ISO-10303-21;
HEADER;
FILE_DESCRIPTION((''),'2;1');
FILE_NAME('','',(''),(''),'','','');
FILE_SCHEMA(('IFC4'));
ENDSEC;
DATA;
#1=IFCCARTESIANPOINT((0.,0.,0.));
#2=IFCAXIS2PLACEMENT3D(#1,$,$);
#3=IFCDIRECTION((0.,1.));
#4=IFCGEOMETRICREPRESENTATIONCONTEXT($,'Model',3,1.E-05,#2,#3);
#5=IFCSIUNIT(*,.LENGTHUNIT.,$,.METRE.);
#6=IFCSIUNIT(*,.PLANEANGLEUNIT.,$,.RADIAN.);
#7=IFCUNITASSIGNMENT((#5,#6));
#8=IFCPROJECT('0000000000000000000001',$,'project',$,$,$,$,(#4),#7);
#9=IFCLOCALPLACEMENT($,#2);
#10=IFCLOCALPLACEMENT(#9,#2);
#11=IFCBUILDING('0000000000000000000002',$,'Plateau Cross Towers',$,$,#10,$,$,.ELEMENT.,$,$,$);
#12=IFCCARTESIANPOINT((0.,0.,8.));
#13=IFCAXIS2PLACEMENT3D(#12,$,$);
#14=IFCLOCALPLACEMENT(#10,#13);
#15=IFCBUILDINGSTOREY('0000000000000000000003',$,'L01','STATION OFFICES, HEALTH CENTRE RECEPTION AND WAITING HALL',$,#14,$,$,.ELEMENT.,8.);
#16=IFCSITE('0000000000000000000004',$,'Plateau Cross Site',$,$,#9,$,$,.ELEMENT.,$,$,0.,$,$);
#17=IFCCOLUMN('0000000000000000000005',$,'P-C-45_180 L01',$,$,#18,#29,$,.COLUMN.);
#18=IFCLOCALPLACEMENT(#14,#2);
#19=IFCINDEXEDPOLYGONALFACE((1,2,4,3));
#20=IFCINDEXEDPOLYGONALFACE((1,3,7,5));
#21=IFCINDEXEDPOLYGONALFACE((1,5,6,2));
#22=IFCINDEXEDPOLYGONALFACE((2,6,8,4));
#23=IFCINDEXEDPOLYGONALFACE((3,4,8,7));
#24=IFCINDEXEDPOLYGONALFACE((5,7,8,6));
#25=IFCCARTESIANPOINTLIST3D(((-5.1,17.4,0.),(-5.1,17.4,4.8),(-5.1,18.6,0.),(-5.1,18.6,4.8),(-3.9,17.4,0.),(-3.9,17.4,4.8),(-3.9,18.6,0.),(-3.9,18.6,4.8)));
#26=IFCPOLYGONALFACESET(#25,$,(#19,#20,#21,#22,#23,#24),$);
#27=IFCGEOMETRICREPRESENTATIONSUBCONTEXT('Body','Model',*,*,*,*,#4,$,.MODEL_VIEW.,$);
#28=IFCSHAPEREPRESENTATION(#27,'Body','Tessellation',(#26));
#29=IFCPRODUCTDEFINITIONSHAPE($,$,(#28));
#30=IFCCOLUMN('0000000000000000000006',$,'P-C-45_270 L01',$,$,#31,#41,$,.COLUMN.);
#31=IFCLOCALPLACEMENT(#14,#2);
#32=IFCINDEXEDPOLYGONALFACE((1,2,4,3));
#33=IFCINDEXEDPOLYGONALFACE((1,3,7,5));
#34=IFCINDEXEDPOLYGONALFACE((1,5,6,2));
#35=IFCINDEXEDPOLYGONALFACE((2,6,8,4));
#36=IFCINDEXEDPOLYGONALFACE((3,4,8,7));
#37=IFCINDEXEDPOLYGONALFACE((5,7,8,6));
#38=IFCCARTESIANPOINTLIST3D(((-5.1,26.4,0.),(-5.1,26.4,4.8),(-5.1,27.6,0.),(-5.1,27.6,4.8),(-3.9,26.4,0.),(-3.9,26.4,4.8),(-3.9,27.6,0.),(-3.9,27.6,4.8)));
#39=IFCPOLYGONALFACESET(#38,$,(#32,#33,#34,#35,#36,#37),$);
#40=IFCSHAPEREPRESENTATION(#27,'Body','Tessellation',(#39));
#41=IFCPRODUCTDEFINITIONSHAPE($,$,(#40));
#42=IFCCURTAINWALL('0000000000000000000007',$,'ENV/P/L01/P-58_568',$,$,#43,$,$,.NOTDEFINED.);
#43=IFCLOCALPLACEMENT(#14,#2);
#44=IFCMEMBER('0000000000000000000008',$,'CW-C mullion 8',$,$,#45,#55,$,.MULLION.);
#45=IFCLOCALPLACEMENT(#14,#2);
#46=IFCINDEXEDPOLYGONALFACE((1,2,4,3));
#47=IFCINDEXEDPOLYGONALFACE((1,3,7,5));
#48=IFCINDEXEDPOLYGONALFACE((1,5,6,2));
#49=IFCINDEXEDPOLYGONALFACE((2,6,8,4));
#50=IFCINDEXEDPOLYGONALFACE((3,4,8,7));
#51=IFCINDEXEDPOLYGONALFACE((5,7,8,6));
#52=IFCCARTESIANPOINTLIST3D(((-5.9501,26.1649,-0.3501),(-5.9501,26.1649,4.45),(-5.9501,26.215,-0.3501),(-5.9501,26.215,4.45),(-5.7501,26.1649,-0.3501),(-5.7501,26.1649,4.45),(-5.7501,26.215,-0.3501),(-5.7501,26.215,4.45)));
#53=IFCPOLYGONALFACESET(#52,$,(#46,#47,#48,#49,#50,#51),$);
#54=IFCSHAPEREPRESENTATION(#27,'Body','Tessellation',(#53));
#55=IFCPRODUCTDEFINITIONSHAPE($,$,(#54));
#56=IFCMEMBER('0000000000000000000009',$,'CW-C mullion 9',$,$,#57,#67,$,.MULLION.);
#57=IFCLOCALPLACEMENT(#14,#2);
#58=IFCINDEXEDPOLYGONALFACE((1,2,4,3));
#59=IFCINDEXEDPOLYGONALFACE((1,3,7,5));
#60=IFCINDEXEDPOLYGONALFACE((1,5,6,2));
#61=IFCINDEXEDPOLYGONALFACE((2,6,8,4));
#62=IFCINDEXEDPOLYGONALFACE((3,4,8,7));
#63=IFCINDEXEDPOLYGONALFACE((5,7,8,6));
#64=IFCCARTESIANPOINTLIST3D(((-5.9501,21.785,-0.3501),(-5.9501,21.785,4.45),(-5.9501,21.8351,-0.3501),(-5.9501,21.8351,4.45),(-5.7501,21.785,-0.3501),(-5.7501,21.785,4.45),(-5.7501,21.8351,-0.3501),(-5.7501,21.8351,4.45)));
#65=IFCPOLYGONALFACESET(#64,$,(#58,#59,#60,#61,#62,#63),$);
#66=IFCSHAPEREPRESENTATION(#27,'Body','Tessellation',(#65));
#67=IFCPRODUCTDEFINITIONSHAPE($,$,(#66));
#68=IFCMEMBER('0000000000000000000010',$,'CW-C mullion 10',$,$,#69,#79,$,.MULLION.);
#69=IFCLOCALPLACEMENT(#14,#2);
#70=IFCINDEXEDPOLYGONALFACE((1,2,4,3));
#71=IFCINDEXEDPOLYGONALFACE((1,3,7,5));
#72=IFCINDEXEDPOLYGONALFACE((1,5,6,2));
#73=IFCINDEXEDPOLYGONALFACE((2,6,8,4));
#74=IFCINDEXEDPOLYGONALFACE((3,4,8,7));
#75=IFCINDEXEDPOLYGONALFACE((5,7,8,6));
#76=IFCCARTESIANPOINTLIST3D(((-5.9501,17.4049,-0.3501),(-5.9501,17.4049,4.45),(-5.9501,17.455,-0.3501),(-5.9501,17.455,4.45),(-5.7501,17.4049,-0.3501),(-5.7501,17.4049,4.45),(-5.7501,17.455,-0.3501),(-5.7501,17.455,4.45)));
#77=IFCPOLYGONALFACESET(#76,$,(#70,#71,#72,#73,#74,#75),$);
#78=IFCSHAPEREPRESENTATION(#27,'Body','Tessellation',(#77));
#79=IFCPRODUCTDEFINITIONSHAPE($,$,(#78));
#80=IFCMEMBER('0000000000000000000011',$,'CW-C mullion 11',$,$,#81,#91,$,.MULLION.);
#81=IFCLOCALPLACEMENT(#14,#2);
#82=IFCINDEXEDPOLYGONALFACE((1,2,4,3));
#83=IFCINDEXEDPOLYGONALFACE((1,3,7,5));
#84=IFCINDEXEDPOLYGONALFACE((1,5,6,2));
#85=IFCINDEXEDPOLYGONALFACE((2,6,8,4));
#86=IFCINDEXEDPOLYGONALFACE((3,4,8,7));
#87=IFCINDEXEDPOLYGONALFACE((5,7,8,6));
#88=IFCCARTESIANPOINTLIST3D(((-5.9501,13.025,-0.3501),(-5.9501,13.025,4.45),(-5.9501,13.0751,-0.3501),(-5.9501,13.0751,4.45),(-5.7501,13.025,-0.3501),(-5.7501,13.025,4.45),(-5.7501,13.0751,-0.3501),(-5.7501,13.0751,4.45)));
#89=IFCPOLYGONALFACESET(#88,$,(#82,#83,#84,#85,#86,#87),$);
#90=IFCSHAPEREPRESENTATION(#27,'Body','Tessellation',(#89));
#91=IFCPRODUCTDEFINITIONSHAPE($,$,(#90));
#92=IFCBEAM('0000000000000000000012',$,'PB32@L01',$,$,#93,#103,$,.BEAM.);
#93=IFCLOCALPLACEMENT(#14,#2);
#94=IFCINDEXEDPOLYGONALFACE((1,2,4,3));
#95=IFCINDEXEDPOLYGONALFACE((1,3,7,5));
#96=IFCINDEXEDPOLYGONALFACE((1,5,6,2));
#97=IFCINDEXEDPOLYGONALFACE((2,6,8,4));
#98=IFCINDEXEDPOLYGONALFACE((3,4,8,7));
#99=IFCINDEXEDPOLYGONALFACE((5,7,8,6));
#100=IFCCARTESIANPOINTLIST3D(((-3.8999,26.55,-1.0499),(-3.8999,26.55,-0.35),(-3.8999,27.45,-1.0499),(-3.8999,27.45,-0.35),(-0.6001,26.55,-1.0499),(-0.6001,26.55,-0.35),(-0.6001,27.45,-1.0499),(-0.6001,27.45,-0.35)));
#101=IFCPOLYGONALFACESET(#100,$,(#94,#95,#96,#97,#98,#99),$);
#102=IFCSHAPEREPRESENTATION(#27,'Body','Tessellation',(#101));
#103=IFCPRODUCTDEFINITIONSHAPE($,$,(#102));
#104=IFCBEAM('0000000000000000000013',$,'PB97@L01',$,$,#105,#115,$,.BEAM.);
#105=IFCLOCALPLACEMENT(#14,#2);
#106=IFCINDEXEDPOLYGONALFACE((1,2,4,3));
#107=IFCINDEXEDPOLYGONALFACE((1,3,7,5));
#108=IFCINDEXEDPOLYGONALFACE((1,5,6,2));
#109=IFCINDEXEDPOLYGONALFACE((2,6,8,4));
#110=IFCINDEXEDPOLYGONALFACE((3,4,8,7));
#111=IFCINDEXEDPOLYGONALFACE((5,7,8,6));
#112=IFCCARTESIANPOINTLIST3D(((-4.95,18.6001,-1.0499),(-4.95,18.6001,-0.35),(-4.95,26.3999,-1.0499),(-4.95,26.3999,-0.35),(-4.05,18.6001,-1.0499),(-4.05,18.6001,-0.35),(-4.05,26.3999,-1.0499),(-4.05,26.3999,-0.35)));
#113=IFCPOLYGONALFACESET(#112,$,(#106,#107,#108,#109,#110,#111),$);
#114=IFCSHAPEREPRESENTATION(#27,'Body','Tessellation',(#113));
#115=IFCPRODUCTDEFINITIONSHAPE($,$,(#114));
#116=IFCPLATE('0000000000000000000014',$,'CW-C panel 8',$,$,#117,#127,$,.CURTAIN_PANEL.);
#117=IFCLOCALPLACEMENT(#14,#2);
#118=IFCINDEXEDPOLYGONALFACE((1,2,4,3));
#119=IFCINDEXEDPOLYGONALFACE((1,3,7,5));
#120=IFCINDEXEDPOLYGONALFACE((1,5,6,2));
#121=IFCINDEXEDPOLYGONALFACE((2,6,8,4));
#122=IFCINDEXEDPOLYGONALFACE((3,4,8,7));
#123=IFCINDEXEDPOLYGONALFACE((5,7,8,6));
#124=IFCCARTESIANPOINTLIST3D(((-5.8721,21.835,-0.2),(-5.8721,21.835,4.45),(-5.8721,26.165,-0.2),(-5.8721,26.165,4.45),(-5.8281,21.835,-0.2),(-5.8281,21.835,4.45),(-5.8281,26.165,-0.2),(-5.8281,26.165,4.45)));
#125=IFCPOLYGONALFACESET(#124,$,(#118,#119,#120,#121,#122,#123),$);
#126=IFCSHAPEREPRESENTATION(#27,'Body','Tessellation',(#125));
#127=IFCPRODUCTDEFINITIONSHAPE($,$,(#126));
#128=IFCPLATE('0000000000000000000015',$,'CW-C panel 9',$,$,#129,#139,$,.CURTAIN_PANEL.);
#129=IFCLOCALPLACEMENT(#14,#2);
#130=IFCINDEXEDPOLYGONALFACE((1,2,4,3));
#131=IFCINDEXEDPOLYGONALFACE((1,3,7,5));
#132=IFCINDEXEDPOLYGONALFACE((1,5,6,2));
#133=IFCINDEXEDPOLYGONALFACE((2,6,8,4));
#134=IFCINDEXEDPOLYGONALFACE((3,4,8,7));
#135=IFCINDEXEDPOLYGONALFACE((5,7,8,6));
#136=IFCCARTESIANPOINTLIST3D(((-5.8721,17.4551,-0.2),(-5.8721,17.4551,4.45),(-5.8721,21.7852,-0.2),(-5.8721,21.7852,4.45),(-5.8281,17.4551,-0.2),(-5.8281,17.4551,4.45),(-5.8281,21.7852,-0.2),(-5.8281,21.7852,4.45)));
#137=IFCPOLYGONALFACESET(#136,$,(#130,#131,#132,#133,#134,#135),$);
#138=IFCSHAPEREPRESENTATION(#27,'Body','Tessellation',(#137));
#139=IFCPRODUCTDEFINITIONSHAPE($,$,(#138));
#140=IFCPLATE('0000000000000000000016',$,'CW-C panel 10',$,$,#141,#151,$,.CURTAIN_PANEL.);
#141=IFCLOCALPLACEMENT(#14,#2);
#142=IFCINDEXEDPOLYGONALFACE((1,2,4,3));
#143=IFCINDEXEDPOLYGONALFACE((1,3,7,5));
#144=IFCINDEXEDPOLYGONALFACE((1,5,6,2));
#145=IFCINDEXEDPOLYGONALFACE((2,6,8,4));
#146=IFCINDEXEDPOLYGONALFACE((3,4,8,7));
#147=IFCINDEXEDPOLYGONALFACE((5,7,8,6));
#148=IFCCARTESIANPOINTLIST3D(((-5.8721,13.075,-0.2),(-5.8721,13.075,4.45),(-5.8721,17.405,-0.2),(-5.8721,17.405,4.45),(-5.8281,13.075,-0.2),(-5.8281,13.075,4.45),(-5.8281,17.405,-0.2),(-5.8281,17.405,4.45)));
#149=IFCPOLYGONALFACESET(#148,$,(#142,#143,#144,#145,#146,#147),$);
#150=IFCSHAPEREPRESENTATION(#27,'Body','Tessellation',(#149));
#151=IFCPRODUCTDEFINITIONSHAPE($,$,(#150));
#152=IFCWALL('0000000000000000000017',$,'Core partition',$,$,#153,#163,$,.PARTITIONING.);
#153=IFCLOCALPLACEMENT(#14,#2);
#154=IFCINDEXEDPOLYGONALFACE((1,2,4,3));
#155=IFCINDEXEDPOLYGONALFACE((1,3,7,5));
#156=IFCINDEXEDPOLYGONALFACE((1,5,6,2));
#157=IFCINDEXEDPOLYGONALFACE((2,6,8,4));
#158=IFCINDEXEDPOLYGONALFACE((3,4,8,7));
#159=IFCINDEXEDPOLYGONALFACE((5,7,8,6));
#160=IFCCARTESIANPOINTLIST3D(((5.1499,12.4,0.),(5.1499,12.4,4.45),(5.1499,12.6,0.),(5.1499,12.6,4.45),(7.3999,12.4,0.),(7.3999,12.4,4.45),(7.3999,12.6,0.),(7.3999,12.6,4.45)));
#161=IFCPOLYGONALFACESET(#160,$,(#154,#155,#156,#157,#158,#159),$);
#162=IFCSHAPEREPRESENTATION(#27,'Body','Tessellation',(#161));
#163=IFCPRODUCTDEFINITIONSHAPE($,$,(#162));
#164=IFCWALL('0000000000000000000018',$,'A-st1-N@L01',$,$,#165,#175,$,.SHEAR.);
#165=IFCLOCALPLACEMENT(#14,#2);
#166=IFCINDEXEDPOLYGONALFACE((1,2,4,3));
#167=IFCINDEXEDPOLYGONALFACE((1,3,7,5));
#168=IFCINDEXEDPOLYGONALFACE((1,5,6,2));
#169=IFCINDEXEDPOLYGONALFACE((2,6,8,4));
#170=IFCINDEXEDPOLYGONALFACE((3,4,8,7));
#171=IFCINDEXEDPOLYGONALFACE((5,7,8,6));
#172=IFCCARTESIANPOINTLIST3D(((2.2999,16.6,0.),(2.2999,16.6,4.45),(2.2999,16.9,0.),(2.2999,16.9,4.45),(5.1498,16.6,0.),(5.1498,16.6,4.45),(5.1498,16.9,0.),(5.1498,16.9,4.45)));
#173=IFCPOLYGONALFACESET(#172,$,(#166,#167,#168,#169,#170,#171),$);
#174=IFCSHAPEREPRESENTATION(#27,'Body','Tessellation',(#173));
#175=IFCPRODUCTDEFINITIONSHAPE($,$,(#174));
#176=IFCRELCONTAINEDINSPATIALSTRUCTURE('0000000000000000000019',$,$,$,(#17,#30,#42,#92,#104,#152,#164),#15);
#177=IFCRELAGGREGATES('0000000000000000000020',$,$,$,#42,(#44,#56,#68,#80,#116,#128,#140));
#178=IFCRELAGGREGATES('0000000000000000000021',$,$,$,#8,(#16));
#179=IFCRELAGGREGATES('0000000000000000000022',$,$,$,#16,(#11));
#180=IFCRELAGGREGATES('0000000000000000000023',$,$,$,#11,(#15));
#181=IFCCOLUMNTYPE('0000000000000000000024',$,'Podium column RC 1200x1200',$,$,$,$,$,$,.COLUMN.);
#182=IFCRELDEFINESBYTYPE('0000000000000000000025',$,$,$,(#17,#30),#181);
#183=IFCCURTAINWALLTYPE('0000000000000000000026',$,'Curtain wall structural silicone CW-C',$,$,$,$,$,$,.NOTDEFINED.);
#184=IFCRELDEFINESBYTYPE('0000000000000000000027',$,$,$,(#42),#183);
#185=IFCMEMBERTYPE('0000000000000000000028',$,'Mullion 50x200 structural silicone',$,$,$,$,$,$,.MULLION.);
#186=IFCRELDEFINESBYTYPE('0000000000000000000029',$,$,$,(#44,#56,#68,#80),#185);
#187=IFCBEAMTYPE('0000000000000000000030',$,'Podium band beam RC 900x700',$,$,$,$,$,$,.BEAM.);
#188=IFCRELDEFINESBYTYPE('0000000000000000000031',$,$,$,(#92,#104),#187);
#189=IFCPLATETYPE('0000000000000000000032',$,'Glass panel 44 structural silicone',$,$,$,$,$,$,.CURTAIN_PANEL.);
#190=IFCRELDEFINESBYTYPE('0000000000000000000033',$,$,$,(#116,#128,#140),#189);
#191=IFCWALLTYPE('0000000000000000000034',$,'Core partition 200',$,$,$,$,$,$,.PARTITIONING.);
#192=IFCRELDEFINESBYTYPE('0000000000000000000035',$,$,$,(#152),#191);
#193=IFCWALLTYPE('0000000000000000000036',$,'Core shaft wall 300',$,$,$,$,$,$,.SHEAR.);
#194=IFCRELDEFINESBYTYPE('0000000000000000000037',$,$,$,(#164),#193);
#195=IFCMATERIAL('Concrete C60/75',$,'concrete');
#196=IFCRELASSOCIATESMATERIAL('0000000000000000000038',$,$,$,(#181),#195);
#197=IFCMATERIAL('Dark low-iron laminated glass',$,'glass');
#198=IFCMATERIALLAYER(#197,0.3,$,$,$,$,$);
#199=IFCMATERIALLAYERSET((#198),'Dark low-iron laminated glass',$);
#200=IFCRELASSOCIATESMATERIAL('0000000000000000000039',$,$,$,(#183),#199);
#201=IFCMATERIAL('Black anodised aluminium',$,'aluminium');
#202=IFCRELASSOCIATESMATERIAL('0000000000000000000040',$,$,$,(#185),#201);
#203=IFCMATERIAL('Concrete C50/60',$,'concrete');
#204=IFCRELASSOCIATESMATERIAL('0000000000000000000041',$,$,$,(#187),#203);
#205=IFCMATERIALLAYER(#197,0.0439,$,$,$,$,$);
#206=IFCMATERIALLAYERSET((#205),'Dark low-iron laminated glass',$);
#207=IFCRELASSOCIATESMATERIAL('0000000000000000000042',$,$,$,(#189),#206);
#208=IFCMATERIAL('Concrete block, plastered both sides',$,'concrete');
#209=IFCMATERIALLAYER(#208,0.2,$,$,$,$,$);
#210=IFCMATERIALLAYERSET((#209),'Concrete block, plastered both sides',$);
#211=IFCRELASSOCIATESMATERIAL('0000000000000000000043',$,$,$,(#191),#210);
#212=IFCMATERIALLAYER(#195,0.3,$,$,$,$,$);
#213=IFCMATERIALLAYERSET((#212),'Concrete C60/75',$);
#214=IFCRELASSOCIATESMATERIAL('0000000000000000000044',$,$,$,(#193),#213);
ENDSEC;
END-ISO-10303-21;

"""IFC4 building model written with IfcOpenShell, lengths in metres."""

from ifc_helpers import new_model, si_unit, direction, frame, frame_2d, origin, origin_2d, place, context, subcontext, project, spatial, rectangle, extrude, material, layer, layer_set, material_profile, profile_set, type_object, element, aggregate, save


model = new_model("IFC4")

# Units and contexts
model_context = context("Model", 3, precision=1e-05, world=origin(), true_north=direction((0.0, 1.0)))
body_context = subcontext(model_context, "Body", "Model", "MODEL_VIEW")
ifc_project = project(units=[si_unit("LENGTHUNIT", "METRE"), si_unit("PLANEANGLEUNIT", "RADIAN")], contexts=[model_context])

# Site, building, storey
site_placement = place(None, origin())
site = spatial("IfcSite", under=ifc_project, at=site_placement, Name="Plateau Cross Site", CompositionType="ELEMENT", RefElevation=0.0)
building_placement = place(site_placement, origin())
building = spatial("IfcBuilding", under=site, at=building_placement, Name="Plateau Cross Towers", CompositionType="ELEMENT")
storey_placement = place(building_placement, frame((0.0, 0.0, 8.0)))
storey = spatial("IfcBuildingStorey", under=building, at=storey_placement, Name="L01", Description="STATION OFFICES, HEALTH CENTRE RECEPTION AND WAITING HALL", CompositionType="ELEMENT", Elevation=8.0)

# Columns
ifc_material_1 = material(Name="Concrete C60/75", Category="concrete")
ifc_material_profile_1 = material_profile(ifc_material_1, rectangle(XDim=1.2, YDim=1.2, at=origin_2d()), Name="RC 1200x1200")
ifc_profile_set_1 = profile_set([ifc_material_profile_1], Name="Concrete C60/75")
column_type = type_object("IfcColumnType", Name="Podium column RC 1200x1200", PredefinedType="COLUMN", material=ifc_profile_set_1)
for number, where, z_axis, x_axis, name in (
    (1, (-4.5, 18.0, 0.0), (0.0, 0.0, 1.0), (1.0, 0.0, 0.0), "P-C-45_180 L01"),
    (2, (-4.5, 27.0, 0.0), (0.0, 0.0, 1.0), (1.0, 0.0, 0.0), "P-C-45_270 L01"),
):
    element("IfcColumn", number, at=place(storey_placement, frame(where, z_axis=z_axis, x_axis=x_axis)), inside=storey, type_object=column_type, Name=name, PredefinedType="COLUMN", context=body_context, shape_type="SweptSolid", body=[
        extrude(rectangle(XDim=1.2, YDim=1.2, at=origin_2d()), origin(), (0.0, 0.0, 1.0), 4.8),
    ])

# Curtain wall, members
ifc_material_2 = material(Name="Dark low-iron laminated glass", Category="glass")
ifc_layer_1 = layer(ifc_material_2, 0.3)
ifc_layer_set_1 = layer_set([ifc_layer_1], Name="Dark low-iron laminated glass")
curtain_wall_type = type_object("IfcCurtainWallType", Name="Curtain wall structural silicone CW-C", PredefinedType="NOTDEFINED", material=ifc_layer_set_1)
curtain_wall_placement = place(storey_placement, origin())
curtain_wall = element("IfcCurtainWall", 3, at=curtain_wall_placement, inside=storey, type_object=curtain_wall_type, Name="ENV/P/L01/P-58_568", PredefinedType="NOTDEFINED")
ifc_material_3 = material(Name="Black anodised aluminium", Category="aluminium")
ifc_material_profile_2 = material_profile(ifc_material_3, rectangle(XDim=0.05, YDim=0.2, at=origin_2d()), Name="MULLION 50x200")
ifc_profile_set_2 = profile_set([ifc_material_profile_2], Name="Black anodised aluminium")
member_type = type_object("IfcMemberType", Name="Mullion 50x200 structural silicone", PredefinedType="MULLION", material=ifc_profile_set_2)
member_1_placement = place(storey_placement, frame((-5.8501, 26.1899, -0.3501), z_axis=(0.0, 0.0, 1.0), x_axis=(0.0, -1.0, 0.0)))
member_1 = element("IfcMember", 4, at=member_1_placement, type_object=member_type, Name="CW-C mullion 8", PredefinedType="MULLION", context=body_context, shape_type="SweptSolid", body=[
    extrude(rectangle(XDim=0.05, YDim=0.2, at=origin_2d()), origin(), (0.0, 0.0, 1.0), 4.8),
])
member_2_placement = place(storey_placement, frame((-5.8501, 21.8101, -0.3501), z_axis=(0.0, 0.0, 1.0), x_axis=(0.0, -1.0, 0.0)))
member_2 = element("IfcMember", 5, at=member_2_placement, type_object=member_type, Name="CW-C mullion 9", PredefinedType="MULLION", context=body_context, shape_type="SweptSolid", body=[
    extrude(rectangle(XDim=0.05, YDim=0.2, at=origin_2d()), origin(), (0.0, 0.0, 1.0), 4.8),
])
member_3_placement = place(storey_placement, frame((-5.8501, 17.4299, -0.3501), z_axis=(0.0, 0.0, 1.0), x_axis=(0.0, -1.0, 0.0)))
member_3 = element("IfcMember", 6, at=member_3_placement, type_object=member_type, Name="CW-C mullion 10", PredefinedType="MULLION", context=body_context, shape_type="SweptSolid", body=[
    extrude(rectangle(XDim=0.05, YDim=0.2, at=origin_2d()), origin(), (0.0, 0.0, 1.0), 4.8),
])
member_4_placement = place(storey_placement, frame((-5.8501, 13.05, -0.3501), z_axis=(0.0, 0.0, 1.0), x_axis=(0.0, -1.0, 0.0)))
member_4 = element("IfcMember", 7, at=member_4_placement, type_object=member_type, Name="CW-C mullion 11", PredefinedType="MULLION", context=body_context, shape_type="SweptSolid", body=[
    extrude(rectangle(XDim=0.05, YDim=0.2, at=origin_2d()), origin(), (0.0, 0.0, 1.0), 4.8),
])

# Beams
ifc_material_4 = material(Name="Concrete C50/60", Category="concrete")
ifc_material_profile_3 = material_profile(ifc_material_4, rectangle(XDim=0.8999, YDim=0.7, at=origin_2d()), Name="RC 900x700")
ifc_profile_set_3 = profile_set([ifc_material_profile_3], Name="Concrete C50/60")
beam_type = type_object("IfcBeamType", Name="Podium band beam RC 900x700", PredefinedType="BEAM", material=ifc_profile_set_3)
beam_1_placement = place(storey_placement, frame((-3.8999, 27.0, -0.7), z_axis=(1.0, 0.0, 0.0), x_axis=(0.0, 1.0, 0.0)))
element("IfcBeam", 8, at=beam_1_placement, inside=storey, type_object=beam_type, Name="PB32@L01", PredefinedType="BEAM", context=body_context, shape_type="SweptSolid", body=[
    extrude(rectangle(XDim=0.8999, YDim=0.7, at=origin_2d()), origin(), (0.0, 0.0, 1.0), 3.2998),
])
beam_2_placement = place(storey_placement, frame((-4.5, 18.6001, -0.7), z_axis=(0.0, 1.0, 0.0), x_axis=(-1.0, 0.0, 0.0)))
element("IfcBeam", 9, at=beam_2_placement, inside=storey, type_object=beam_type, Name="PB97@L01", PredefinedType="BEAM", context=body_context, shape_type="SweptSolid", body=[
    extrude(rectangle(XDim=0.8999, YDim=0.7, at=origin_2d()), origin(), (0.0, 0.0, 1.0), 7.7998),
])

# Plates
ifc_layer_2 = layer(ifc_material_2, 0.0439)
ifc_layer_set_2 = layer_set([ifc_layer_2], Name="Dark low-iron laminated glass")
plate_type = type_object("IfcPlateType", Name="Glass panel 44 structural silicone", PredefinedType="CURTAIN_PANEL", material=ifc_layer_set_2)
plate_1_placement = place(storey_placement, frame((-5.8501, 24.0, -0.2), z_axis=(0.0, 0.0, 1.0), x_axis=(0.0, -1.0, 0.0)))
plate_1 = element("IfcPlate", 10, at=plate_1_placement, type_object=plate_type, Name="CW-C panel 8", PredefinedType="CURTAIN_PANEL", context=body_context, shape_type="SweptSolid", body=[
    extrude(rectangle(XDim=4.3301, YDim=0.0439, at=origin_2d()), origin(), (0.0, 0.0, 1.0), 4.6499),
])
plate_2_placement = place(storey_placement, frame((-5.8501, 19.6201, -0.2), z_axis=(0.0, 0.0, 1.0), x_axis=(0.0, -1.0, 0.0)))
plate_2 = element("IfcPlate", 11, at=plate_2_placement, type_object=plate_type, Name="CW-C panel 9", PredefinedType="CURTAIN_PANEL", context=body_context, shape_type="SweptSolid", body=[
    extrude(rectangle(XDim=4.3301, YDim=0.0439, at=origin_2d()), origin(), (0.0, 0.0, 1.0), 4.6499),
])
plate_3_placement = place(storey_placement, frame((-5.8501, 15.24, -0.2), z_axis=(0.0, 0.0, 1.0), x_axis=(0.0, -1.0, 0.0)))
plate_3 = element("IfcPlate", 12, at=plate_3_placement, type_object=plate_type, Name="CW-C panel 10", PredefinedType="CURTAIN_PANEL", context=body_context, shape_type="SweptSolid", body=[
    extrude(rectangle(XDim=4.3301, YDim=0.0439, at=origin_2d()), origin(), (0.0, 0.0, 1.0), 4.6499),
])
aggregate(curtain_wall, [member_1, member_2, member_3, member_4, plate_1, plate_2, plate_3])

# Walls
ifc_material_5 = material(Name="Concrete block, plastered both sides", Category="concrete")
ifc_layer_3 = layer(ifc_material_5, 0.2)
ifc_layer_set_3 = layer_set([ifc_layer_3], Name="Concrete block, plastered both sides")
wall_type_1 = type_object("IfcWallType", Name="Core partition 200", PredefinedType="PARTITIONING", material=ifc_layer_set_3)
wall_1_placement = place(storey_placement, frame((5.1499, 12.5, 0.0), z_axis=(0.0, 0.0, 1.0), x_axis=(1.0, 0.0, 0.0)))
element("IfcWall", 13, at=wall_1_placement, inside=storey, type_object=wall_type_1, Name="Core partition", PredefinedType="PARTITIONING", context=body_context, shape_type="SweptSolid", body=[
    extrude(rectangle(XDim=2.25, YDim=0.2, at=frame_2d((1.125, 0.0))), origin(), (0.0, 0.0, 1.0), 4.45),
])
ifc_layer_4 = layer(ifc_material_1, 0.3)
ifc_layer_set_4 = layer_set([ifc_layer_4], Name="Concrete C60/75")
wall_type_2 = type_object("IfcWallType", Name="Core shaft wall 300", PredefinedType="SHEAR", material=ifc_layer_set_4)
wall_2_placement = place(storey_placement, frame((2.3, 16.75, 0.0), z_axis=(0.0, 0.0, 1.0), x_axis=(1.0, 0.0, 0.0)))
element("IfcWall", 14, at=wall_2_placement, inside=storey, type_object=wall_type_2, Name="A-st1-N@L01", PredefinedType="SHEAR", context=body_context, shape_type="SweptSolid", body=[
    extrude(rectangle(XDim=2.8499, YDim=0.3, at=frame_2d((1.4248, 0.0))), origin(), (0.0, 0.0, 1.0), 4.45),
])

save(model, "model.ifc")
